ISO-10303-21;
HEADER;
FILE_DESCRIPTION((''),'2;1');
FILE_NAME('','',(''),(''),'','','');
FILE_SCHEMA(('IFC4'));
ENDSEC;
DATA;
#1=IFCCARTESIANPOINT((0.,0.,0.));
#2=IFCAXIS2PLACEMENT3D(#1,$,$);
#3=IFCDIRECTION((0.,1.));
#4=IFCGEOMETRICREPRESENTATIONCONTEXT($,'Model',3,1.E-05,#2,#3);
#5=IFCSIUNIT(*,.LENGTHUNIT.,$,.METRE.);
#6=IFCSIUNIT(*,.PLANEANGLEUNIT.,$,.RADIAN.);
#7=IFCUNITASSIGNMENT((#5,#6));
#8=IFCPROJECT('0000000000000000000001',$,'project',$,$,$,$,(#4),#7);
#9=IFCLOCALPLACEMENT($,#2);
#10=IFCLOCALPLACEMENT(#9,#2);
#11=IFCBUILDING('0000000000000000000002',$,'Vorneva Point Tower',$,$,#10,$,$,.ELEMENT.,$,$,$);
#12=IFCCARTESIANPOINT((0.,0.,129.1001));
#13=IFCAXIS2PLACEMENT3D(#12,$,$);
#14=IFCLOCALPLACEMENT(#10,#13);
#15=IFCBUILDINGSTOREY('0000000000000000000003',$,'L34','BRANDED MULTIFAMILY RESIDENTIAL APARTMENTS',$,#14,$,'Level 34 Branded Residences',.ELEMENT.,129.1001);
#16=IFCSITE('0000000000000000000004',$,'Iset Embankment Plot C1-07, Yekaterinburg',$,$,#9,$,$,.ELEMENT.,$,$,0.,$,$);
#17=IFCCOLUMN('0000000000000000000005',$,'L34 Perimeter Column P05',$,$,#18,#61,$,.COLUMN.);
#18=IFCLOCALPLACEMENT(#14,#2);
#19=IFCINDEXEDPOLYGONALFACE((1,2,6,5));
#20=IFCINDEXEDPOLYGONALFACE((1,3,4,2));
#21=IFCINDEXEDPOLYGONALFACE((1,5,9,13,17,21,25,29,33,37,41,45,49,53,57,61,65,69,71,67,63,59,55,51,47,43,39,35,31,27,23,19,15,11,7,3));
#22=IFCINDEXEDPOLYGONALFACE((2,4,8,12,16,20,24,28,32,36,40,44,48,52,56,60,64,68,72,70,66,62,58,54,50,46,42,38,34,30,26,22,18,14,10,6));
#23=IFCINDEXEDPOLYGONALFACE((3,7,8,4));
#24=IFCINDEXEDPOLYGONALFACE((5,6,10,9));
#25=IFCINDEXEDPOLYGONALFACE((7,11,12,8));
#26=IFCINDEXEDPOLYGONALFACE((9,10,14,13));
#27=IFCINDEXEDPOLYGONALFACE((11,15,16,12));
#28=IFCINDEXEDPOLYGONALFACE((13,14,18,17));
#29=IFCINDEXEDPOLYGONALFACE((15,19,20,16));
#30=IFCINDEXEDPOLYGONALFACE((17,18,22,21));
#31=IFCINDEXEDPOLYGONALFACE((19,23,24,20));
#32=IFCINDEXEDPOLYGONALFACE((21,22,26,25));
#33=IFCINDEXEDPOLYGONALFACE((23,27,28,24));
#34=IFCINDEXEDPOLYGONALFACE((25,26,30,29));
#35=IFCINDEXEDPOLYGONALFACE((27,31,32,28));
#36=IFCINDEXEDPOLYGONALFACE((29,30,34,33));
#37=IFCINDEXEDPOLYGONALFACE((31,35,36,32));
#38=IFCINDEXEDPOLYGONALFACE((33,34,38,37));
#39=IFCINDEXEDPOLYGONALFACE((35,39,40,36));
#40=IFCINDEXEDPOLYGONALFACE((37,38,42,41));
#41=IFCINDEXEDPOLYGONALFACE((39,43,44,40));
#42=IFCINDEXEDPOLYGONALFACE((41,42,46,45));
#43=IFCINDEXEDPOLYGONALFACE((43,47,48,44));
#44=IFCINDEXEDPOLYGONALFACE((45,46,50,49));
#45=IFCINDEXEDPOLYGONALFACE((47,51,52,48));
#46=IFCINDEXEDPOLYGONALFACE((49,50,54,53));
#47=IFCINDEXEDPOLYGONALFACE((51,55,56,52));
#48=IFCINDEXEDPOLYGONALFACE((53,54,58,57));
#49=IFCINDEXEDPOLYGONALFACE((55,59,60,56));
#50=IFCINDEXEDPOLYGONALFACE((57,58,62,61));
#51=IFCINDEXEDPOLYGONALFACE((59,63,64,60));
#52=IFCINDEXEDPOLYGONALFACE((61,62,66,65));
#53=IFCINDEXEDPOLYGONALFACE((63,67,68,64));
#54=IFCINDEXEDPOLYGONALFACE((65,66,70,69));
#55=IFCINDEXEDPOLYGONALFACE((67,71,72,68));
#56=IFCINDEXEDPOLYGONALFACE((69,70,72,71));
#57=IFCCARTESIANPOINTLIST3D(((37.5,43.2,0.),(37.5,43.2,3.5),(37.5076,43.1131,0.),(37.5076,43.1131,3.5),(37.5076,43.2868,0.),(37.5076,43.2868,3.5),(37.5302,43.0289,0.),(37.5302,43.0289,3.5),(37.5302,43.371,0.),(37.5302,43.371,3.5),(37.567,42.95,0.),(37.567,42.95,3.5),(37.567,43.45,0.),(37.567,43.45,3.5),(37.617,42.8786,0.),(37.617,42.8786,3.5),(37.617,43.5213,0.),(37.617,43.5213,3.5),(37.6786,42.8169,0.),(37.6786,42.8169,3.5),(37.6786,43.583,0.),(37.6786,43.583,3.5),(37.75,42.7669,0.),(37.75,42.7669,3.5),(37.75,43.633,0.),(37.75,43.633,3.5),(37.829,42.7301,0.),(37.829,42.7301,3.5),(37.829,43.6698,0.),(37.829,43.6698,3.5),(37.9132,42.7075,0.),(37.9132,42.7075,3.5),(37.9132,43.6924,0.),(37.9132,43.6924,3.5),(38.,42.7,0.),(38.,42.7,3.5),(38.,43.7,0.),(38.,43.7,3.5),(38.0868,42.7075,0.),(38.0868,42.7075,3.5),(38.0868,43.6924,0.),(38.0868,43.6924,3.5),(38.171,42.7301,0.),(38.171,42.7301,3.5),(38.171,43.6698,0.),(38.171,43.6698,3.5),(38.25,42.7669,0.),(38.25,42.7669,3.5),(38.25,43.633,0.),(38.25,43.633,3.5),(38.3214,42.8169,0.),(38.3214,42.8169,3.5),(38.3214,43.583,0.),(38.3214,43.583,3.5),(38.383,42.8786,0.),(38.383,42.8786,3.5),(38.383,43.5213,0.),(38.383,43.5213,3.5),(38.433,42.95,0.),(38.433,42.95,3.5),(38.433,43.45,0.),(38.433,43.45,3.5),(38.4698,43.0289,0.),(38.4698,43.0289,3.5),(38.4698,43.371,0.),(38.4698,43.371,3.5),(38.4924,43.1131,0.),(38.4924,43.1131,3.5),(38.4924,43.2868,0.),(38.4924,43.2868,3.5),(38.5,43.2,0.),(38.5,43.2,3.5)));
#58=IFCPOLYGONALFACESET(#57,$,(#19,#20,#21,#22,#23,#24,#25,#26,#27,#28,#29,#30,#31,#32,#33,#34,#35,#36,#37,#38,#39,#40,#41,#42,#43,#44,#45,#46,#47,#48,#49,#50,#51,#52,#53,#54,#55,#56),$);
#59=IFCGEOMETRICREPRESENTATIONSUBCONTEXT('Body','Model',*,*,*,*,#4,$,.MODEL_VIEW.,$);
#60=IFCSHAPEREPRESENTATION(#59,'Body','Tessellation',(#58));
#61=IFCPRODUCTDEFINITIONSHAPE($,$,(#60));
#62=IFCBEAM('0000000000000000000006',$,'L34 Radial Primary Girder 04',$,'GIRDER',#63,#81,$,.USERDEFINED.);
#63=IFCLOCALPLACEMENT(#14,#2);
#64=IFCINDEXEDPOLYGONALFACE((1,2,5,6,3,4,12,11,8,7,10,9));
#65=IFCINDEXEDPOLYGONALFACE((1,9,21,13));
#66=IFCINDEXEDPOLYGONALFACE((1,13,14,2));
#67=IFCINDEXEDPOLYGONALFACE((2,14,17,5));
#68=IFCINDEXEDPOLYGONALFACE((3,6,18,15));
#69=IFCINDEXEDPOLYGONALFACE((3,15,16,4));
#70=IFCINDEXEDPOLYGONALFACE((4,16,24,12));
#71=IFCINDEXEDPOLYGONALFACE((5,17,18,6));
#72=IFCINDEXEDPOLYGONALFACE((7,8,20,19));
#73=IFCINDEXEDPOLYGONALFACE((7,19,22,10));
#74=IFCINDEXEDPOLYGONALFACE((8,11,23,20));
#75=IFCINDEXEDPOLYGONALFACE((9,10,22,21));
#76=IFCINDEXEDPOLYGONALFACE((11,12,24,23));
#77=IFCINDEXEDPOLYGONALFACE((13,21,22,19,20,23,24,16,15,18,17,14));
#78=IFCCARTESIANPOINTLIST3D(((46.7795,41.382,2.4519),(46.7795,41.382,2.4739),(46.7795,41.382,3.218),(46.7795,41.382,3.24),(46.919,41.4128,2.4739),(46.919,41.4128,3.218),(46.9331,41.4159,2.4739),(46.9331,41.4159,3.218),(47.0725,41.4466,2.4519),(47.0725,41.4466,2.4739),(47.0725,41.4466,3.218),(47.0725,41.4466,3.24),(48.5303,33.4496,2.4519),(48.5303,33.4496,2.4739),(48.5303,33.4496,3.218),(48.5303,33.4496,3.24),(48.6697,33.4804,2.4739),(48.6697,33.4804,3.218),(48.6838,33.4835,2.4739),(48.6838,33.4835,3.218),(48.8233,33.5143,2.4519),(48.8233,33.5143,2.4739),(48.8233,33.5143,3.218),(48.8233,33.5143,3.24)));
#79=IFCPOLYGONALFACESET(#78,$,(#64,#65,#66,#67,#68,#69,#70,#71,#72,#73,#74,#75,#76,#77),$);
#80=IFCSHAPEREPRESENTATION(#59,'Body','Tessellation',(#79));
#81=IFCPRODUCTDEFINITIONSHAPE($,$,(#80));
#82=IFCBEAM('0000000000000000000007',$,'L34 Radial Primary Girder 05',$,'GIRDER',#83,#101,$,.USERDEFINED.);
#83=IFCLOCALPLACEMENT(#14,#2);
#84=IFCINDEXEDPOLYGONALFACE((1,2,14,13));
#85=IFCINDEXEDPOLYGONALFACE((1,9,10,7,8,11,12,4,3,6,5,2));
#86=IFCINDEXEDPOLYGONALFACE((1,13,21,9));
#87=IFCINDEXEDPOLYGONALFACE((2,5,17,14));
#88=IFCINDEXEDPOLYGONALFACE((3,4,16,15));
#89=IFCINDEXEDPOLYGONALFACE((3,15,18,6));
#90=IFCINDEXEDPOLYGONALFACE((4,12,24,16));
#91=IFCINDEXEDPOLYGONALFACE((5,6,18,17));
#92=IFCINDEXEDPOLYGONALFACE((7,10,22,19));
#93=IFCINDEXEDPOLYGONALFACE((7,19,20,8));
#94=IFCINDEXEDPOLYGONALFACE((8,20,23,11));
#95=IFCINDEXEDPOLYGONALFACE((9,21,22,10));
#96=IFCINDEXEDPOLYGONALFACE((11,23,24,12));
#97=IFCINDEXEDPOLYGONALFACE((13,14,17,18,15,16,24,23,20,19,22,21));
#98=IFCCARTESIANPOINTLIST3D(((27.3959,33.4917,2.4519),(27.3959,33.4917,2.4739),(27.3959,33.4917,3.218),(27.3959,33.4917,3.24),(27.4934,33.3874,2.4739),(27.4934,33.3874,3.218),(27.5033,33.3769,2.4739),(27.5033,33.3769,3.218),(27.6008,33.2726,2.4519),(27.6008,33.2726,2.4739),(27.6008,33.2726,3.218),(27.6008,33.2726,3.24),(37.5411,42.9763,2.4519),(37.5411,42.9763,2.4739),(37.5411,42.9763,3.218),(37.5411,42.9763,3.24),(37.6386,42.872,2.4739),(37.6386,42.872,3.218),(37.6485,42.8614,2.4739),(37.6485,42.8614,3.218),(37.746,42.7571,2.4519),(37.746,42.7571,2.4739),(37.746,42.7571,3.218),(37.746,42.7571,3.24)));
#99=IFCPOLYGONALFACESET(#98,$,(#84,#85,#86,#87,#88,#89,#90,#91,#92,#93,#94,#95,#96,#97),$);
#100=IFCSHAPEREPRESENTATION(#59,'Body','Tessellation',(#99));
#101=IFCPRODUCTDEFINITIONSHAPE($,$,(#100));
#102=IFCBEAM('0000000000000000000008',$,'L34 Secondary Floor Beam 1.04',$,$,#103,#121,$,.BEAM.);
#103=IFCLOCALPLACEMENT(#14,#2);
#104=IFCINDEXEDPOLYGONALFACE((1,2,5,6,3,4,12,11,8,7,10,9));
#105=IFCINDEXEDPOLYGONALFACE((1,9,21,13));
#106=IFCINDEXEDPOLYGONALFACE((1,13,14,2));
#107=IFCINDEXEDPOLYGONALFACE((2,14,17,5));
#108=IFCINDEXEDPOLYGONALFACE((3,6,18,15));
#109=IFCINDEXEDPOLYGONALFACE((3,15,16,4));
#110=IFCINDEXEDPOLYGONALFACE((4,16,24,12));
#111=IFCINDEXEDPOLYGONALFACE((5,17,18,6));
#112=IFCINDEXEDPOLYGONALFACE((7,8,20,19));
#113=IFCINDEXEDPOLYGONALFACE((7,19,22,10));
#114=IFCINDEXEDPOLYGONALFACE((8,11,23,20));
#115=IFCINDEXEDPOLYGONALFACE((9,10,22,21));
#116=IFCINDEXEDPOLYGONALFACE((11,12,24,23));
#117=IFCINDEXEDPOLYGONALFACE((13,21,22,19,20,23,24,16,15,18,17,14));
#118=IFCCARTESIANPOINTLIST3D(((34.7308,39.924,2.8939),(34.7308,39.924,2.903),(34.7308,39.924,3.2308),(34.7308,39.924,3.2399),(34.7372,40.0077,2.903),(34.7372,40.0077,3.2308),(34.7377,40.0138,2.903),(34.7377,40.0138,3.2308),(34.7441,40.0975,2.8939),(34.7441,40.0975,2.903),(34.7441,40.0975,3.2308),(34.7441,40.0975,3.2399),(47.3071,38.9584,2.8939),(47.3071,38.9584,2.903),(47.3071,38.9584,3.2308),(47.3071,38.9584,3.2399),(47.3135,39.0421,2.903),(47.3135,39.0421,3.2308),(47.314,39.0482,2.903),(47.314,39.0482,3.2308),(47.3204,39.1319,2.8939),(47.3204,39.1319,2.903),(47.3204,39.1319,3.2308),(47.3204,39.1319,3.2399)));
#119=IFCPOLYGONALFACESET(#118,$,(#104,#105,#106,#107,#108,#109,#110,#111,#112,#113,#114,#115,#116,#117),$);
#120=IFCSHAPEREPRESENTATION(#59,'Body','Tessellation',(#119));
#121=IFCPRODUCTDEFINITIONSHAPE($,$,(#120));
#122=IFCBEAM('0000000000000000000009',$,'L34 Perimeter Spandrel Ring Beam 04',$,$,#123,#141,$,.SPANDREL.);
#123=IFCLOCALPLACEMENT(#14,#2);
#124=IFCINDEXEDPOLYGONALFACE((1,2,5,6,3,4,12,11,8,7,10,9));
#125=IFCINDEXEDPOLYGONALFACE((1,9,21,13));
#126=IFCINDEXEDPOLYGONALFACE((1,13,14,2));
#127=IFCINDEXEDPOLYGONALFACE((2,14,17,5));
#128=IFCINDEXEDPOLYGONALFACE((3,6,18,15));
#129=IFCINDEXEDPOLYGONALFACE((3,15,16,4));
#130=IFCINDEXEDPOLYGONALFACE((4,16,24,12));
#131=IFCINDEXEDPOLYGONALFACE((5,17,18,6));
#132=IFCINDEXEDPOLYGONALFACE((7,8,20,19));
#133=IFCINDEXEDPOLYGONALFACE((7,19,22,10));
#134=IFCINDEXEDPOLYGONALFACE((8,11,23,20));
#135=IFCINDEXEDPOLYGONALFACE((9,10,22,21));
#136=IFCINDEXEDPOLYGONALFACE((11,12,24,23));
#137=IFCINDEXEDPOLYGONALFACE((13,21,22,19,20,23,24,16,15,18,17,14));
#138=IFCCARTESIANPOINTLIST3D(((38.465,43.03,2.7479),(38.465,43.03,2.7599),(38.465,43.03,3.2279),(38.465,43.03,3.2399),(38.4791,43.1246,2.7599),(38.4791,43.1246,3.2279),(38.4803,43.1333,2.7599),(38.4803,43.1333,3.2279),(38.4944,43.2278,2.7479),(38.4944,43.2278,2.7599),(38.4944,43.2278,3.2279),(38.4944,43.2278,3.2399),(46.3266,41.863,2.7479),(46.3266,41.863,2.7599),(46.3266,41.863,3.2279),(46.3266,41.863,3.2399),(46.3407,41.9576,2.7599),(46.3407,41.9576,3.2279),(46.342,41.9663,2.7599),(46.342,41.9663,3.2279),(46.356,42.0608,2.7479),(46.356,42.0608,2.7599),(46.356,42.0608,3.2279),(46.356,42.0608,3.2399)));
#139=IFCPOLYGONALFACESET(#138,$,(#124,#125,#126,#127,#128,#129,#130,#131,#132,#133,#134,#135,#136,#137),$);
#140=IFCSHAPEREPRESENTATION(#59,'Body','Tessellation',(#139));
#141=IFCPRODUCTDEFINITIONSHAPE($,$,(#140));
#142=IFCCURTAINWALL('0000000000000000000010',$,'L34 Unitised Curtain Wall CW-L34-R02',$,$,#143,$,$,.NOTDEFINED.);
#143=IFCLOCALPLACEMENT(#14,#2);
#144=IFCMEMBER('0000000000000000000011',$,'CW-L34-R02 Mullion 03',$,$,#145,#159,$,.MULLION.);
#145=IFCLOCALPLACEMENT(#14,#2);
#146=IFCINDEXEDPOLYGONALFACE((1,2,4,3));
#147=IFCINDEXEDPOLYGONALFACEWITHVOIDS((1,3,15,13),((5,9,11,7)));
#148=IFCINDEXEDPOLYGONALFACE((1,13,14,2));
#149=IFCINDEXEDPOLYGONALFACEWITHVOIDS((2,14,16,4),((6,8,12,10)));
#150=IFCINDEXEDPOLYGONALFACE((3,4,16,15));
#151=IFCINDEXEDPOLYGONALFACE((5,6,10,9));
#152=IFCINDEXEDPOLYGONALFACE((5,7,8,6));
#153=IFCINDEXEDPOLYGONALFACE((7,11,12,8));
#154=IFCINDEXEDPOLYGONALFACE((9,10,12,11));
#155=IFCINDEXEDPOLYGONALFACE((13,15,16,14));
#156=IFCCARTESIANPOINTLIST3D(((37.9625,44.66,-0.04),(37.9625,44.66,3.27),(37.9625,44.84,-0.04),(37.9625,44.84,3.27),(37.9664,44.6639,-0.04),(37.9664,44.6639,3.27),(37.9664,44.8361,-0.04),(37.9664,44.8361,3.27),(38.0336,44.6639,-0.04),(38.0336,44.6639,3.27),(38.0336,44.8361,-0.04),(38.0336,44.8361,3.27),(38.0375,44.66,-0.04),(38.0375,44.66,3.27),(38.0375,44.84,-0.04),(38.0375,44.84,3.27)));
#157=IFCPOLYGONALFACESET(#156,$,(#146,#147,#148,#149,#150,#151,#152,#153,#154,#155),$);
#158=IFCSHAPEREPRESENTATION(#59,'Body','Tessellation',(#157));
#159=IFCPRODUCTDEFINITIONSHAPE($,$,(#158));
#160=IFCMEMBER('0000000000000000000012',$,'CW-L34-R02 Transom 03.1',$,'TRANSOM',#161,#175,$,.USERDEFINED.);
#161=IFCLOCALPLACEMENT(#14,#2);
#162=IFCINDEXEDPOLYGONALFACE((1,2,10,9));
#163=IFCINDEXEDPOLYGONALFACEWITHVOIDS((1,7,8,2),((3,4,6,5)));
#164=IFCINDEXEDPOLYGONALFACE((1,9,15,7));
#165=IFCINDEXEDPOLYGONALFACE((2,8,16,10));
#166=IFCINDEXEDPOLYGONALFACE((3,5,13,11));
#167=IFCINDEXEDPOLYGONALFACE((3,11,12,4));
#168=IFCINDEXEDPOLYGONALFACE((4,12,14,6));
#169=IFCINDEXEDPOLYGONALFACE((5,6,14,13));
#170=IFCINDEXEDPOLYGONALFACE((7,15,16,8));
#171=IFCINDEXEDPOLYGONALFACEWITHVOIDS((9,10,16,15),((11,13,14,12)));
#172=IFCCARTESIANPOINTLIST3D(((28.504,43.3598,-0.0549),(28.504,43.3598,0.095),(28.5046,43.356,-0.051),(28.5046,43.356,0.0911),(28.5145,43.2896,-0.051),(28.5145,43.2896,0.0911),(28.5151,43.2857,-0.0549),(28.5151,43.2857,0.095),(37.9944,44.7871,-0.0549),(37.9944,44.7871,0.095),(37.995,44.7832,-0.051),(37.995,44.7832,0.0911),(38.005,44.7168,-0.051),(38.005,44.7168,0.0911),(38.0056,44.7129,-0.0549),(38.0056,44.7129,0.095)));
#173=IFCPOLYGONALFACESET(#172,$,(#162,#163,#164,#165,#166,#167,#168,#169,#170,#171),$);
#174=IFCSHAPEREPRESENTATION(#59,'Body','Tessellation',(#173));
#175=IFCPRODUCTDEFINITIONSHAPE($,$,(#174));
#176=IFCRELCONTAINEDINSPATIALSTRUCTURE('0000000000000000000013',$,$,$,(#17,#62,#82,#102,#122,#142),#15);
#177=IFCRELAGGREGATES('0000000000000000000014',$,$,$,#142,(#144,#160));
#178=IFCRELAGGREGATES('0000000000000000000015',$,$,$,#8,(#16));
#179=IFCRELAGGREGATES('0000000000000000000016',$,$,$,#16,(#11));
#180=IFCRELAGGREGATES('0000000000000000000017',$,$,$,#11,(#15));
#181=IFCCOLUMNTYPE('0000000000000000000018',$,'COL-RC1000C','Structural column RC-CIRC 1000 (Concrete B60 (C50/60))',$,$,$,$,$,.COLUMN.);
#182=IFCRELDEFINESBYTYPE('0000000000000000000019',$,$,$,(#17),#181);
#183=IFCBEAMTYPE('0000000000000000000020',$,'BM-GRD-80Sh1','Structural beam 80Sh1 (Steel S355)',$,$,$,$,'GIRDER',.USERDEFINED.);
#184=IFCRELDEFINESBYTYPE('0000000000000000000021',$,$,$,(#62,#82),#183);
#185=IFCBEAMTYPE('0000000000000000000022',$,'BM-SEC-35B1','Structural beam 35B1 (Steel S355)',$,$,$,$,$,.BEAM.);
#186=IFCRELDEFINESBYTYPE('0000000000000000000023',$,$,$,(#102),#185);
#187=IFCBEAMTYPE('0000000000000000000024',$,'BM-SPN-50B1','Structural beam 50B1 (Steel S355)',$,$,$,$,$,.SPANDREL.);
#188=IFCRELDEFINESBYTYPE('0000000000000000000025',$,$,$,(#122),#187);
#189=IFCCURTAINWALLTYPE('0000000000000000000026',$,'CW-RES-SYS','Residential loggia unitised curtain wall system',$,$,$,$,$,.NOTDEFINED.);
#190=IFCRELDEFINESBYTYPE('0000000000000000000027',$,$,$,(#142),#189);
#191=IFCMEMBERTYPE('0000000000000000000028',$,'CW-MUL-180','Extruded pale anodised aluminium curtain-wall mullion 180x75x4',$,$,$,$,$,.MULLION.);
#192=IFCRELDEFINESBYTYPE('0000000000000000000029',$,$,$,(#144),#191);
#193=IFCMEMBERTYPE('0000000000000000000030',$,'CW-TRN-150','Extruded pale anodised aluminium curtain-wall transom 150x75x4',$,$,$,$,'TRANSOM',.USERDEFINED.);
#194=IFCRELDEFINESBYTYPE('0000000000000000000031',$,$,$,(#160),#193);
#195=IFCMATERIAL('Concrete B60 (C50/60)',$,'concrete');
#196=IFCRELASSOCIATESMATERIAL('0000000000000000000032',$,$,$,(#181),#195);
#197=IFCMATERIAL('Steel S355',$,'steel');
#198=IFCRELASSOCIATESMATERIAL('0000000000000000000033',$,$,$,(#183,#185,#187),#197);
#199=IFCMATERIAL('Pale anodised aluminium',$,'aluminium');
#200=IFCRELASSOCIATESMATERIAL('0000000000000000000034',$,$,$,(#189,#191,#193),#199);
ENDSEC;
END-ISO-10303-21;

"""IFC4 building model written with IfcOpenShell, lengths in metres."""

from ifc_helpers import new_model, si_unit, direction, frame, origin, origin_2d, place, context, subcontext, project, spatial, hollow_rectangle, circle, i_section, extrude, material, material_profile, profile_set, type_object, element, aggregate, save


model = new_model("IFC4")

# Units and contexts
model_context = context("Model", 3, precision=1e-05, world=origin(), true_north=direction((0.0, 1.0)))
body_context = subcontext(model_context, "Body", "Model", "MODEL_VIEW")
ifc_project = project(units=[si_unit("LENGTHUNIT", "METRE"), si_unit("PLANEANGLEUNIT", "RADIAN")], contexts=[model_context])

# Site, building, storey
site_placement = place(None, origin())
site = spatial("IfcSite", under=ifc_project, at=site_placement, Name="Iset Embankment Plot C1-07, Yekaterinburg", CompositionType="ELEMENT", RefElevation=0.0)
building_placement = place(site_placement, origin())
building = spatial("IfcBuilding", under=site, at=building_placement, Name="Vorneva Point Tower", CompositionType="ELEMENT")
storey_placement = place(building_placement, frame((0.0, 0.0, 129.1001)))
storey = spatial("IfcBuildingStorey", under=building, at=storey_placement, Name="L34", Description="BRANDED MULTIFAMILY RESIDENTIAL APARTMENTS", LongName="Level 34 Branded Residences", CompositionType="ELEMENT", Elevation=129.1001)

# Column
ifc_material_1 = material(Name="Concrete B60 (C50/60)", Category="concrete")
ifc_material_profile_1 = material_profile(ifc_material_1, circle(Radius=0.5, at=origin_2d()), Name="RC-CIRC 1000")
ifc_profile_set_1 = profile_set([ifc_material_profile_1], Name="Concrete B60 (C50/60)")
column_type = type_object("IfcColumnType", Name="COL-RC1000C", Description="Structural column RC-CIRC 1000 (Concrete B60 (C50/60))", PredefinedType="COLUMN", material=ifc_profile_set_1)
for number, where, z_axis, x_axis, name in (
    (1, (38.0, 43.2, 0.0), (0.0, 0.0, 1.0), (0.0, 1.0, 0.0), "L34 Perimeter Column P05"),
):
    element("IfcColumn", number, at=place(storey_placement, frame(where, z_axis=z_axis, x_axis=x_axis)), inside=storey, type_object=column_type, Name=name, PredefinedType="COLUMN", context=body_context, shape_type="SweptSolid", body=[
        extrude(circle(Radius=0.5, at=origin_2d()), origin(), (0.0, 0.0, 1.0), 3.5),
    ])

# Beams
ifc_material_2 = material(Name="Steel S355", Category="steel")
ifc_material_profile_2 = material_profile(ifc_material_2, i_section(OverallWidth=0.3, OverallDepth=0.7881, WebThickness=0.0144, FlangeThickness=0.022, at=origin_2d()), Name="80Sh1")
ifc_profile_set_2 = profile_set([ifc_material_profile_2], Name="Steel S355")
beam_type_1 = type_object("IfcBeamType", Name="BM-GRD-80Sh1", Description="Structural beam 80Sh1 (Steel S355)", ElementType="GIRDER", PredefinedType="USERDEFINED", material=ifc_profile_set_2)
beam_1_placement = place(storey_placement, frame((46.926, 41.4143, 2.8459), z_axis=(0.215521, -0.976499, 0.0), x_axis=(0.976499, 0.215521, 0.0)))
element("IfcBeam", 2, at=beam_1_placement, inside=storey, type_object=beam_type_1, Name="L34 Radial Primary Girder 04", ObjectType="GIRDER", PredefinedType="USERDEFINED", context=body_context, shape_type="SweptSolid", body=[
    extrude(i_section(OverallWidth=0.3, OverallDepth=0.7881, WebThickness=0.0144, FlangeThickness=0.022, at=origin_2d()), origin(), (0.0, 0.0, 1.0), 8.1233),
])
beam_2_placement = place(storey_placement, frame((37.6436, 42.8667, 2.8459), z_axis=(-0.730491, -0.682922, 0.0), x_axis=(0.682922, -0.730491, 0.0)))
element("IfcBeam", 3, at=beam_2_placement, inside=storey, type_object=beam_type_1, Name="L34 Radial Primary Girder 05", ObjectType="GIRDER", PredefinedType="USERDEFINED", context=body_context, shape_type="SweptSolid", body=[
    extrude(i_section(OverallWidth=0.3, OverallDepth=0.7881, WebThickness=0.0144, FlangeThickness=0.022, at=origin_2d()), origin(), (0.0, 0.0, 1.0), 13.8882),
])
ifc_material_profile_3 = material_profile(ifc_material_2, i_section(OverallWidth=0.1741, OverallDepth=0.3459, WebThickness=0.0061, FlangeThickness=0.009, at=origin_2d()), Name="35B1")
ifc_profile_set_3 = profile_set([ifc_material_profile_3], Name="Steel S355")
beam_type_2 = type_object("IfcBeamType", Name="BM-SEC-35B1", Description="Structural beam 35B1 (Steel S355)", PredefinedType="BEAM", material=ifc_profile_set_3)
beam_3_placement = place(storey_placement, frame((47.3137, 39.0452, 3.0669), z_axis=(-0.997066, 0.076553, 0.0), x_axis=(-0.076553, -0.997066, 0.0)))
element("IfcBeam", 4, at=beam_3_placement, inside=storey, type_object=beam_type_2, Name="L34 Secondary Floor Beam 1.04", PredefinedType="BEAM", context=body_context, shape_type="SweptSolid", body=[
    extrude(i_section(OverallWidth=0.1741, OverallDepth=0.3459, WebThickness=0.0061, FlangeThickness=0.009, at=origin_2d()), origin(), (0.0, 0.0, 1.0), 12.6133),
])
ifc_material_profile_4 = material_profile(ifc_material_2, i_section(OverallWidth=0.2, OverallDepth=0.4919, WebThickness=0.0088, FlangeThickness=0.012, at=origin_2d()), Name="50B1")
ifc_profile_set_4 = profile_set([ifc_material_profile_4], Name="Steel S355")
beam_type_3 = type_object("IfcBeamType", Name="BM-SPN-50B1", Description="Structural beam 50B1 (Steel S355)", PredefinedType="SPANDREL", material=ifc_profile_set_4)
beam_4_placement = place(storey_placement, frame((46.3413, 41.9619, 2.9939), z_axis=(-0.989161, 0.146834, 0.0), x_axis=(-0.146834, -0.989161, 0.0)))
element("IfcBeam", 5, at=beam_4_placement, inside=storey, type_object=beam_type_3, Name="L34 Perimeter Spandrel Ring Beam 04", PredefinedType="SPANDREL", context=body_context, shape_type="SweptSolid", body=[
    extrude(i_section(OverallWidth=0.2, OverallDepth=0.4919, WebThickness=0.0088, FlangeThickness=0.012, at=origin_2d()), origin(), (0.0, 0.0, 1.0), 7.9478),
])

# Curtain wall, members
ifc_material_3 = material(Name="Pale anodised aluminium", Category="aluminium")
curtain_wall_type = type_object("IfcCurtainWallType", Name="CW-RES-SYS", Description="Residential loggia unitised curtain wall system", PredefinedType="NOTDEFINED", material=ifc_material_3)
curtain_wall_placement = place(storey_placement, origin())
curtain_wall = element("IfcCurtainWall", 6, at=curtain_wall_placement, inside=storey, type_object=curtain_wall_type, Name="L34 Unitised Curtain Wall CW-L34-R02", PredefinedType="NOTDEFINED")
ifc_material_profile_5 = material_profile(ifc_material_3, hollow_rectangle(XDim=0.075, YDim=0.1799, WallThickness=0.0039, at=origin_2d()), Name="AL-MUL 180x75x4")
ifc_profile_set_5 = profile_set([ifc_material_profile_5], Name="Pale anodised aluminium")
member_type_1 = type_object("IfcMemberType", Name="CW-MUL-180", Description="Extruded pale anodised aluminium curtain-wall mullion 180x75x4", PredefinedType="MULLION", material=ifc_profile_set_5)
member_1_placement = place(storey_placement, frame((38.0, 44.75, -0.04), z_axis=(0.0, 0.0, 1.0), x_axis=(1.0, 0.0, 0.0)))
member_1 = element("IfcMember", 7, at=member_1_placement, type_object=member_type_1, Name="CW-L34-R02 Mullion 03", PredefinedType="MULLION", context=body_context, shape_type="SweptSolid", body=[
    extrude(hollow_rectangle(XDim=0.075, YDim=0.1799, WallThickness=0.0039, at=origin_2d()), origin(), (0.0, 0.0, 1.0), 3.3101),
])
ifc_material_profile_6 = material_profile(ifc_material_3, hollow_rectangle(XDim=0.075, YDim=0.1499, WallThickness=0.0039, at=origin_2d()), Name="AL-TRN 150x75x4")
ifc_profile_set_6 = profile_set([ifc_material_profile_6], Name="Pale anodised aluminium")
member_type_2 = type_object("IfcMemberType", Name="CW-TRN-150", Description="Extruded pale anodised aluminium curtain-wall transom 150x75x4", ElementType="TRANSOM", PredefinedType="USERDEFINED", material=ifc_profile_set_6)
member_2_placement = place(storey_placement, frame((38.0, 44.75, 0.02), z_axis=(-0.98888, -0.148715, 0.0), x_axis=(0.148715, -0.98888, 0.0)))
member_2 = element("IfcMember", 8, at=member_2_placement, type_object=member_type_2, Name="CW-L34-R02 Transom 03.1", ObjectType="TRANSOM", PredefinedType="USERDEFINED", context=body_context, shape_type="SweptSolid", body=[
    extrude(hollow_rectangle(XDim=0.075, YDim=0.1499, WallThickness=0.0039, at=origin_2d()), origin(), (0.0, 0.0, 1.0), 9.5972),
])
aggregate(curtain_wall, [member_1, member_2])

save(model, "model.ifc")
